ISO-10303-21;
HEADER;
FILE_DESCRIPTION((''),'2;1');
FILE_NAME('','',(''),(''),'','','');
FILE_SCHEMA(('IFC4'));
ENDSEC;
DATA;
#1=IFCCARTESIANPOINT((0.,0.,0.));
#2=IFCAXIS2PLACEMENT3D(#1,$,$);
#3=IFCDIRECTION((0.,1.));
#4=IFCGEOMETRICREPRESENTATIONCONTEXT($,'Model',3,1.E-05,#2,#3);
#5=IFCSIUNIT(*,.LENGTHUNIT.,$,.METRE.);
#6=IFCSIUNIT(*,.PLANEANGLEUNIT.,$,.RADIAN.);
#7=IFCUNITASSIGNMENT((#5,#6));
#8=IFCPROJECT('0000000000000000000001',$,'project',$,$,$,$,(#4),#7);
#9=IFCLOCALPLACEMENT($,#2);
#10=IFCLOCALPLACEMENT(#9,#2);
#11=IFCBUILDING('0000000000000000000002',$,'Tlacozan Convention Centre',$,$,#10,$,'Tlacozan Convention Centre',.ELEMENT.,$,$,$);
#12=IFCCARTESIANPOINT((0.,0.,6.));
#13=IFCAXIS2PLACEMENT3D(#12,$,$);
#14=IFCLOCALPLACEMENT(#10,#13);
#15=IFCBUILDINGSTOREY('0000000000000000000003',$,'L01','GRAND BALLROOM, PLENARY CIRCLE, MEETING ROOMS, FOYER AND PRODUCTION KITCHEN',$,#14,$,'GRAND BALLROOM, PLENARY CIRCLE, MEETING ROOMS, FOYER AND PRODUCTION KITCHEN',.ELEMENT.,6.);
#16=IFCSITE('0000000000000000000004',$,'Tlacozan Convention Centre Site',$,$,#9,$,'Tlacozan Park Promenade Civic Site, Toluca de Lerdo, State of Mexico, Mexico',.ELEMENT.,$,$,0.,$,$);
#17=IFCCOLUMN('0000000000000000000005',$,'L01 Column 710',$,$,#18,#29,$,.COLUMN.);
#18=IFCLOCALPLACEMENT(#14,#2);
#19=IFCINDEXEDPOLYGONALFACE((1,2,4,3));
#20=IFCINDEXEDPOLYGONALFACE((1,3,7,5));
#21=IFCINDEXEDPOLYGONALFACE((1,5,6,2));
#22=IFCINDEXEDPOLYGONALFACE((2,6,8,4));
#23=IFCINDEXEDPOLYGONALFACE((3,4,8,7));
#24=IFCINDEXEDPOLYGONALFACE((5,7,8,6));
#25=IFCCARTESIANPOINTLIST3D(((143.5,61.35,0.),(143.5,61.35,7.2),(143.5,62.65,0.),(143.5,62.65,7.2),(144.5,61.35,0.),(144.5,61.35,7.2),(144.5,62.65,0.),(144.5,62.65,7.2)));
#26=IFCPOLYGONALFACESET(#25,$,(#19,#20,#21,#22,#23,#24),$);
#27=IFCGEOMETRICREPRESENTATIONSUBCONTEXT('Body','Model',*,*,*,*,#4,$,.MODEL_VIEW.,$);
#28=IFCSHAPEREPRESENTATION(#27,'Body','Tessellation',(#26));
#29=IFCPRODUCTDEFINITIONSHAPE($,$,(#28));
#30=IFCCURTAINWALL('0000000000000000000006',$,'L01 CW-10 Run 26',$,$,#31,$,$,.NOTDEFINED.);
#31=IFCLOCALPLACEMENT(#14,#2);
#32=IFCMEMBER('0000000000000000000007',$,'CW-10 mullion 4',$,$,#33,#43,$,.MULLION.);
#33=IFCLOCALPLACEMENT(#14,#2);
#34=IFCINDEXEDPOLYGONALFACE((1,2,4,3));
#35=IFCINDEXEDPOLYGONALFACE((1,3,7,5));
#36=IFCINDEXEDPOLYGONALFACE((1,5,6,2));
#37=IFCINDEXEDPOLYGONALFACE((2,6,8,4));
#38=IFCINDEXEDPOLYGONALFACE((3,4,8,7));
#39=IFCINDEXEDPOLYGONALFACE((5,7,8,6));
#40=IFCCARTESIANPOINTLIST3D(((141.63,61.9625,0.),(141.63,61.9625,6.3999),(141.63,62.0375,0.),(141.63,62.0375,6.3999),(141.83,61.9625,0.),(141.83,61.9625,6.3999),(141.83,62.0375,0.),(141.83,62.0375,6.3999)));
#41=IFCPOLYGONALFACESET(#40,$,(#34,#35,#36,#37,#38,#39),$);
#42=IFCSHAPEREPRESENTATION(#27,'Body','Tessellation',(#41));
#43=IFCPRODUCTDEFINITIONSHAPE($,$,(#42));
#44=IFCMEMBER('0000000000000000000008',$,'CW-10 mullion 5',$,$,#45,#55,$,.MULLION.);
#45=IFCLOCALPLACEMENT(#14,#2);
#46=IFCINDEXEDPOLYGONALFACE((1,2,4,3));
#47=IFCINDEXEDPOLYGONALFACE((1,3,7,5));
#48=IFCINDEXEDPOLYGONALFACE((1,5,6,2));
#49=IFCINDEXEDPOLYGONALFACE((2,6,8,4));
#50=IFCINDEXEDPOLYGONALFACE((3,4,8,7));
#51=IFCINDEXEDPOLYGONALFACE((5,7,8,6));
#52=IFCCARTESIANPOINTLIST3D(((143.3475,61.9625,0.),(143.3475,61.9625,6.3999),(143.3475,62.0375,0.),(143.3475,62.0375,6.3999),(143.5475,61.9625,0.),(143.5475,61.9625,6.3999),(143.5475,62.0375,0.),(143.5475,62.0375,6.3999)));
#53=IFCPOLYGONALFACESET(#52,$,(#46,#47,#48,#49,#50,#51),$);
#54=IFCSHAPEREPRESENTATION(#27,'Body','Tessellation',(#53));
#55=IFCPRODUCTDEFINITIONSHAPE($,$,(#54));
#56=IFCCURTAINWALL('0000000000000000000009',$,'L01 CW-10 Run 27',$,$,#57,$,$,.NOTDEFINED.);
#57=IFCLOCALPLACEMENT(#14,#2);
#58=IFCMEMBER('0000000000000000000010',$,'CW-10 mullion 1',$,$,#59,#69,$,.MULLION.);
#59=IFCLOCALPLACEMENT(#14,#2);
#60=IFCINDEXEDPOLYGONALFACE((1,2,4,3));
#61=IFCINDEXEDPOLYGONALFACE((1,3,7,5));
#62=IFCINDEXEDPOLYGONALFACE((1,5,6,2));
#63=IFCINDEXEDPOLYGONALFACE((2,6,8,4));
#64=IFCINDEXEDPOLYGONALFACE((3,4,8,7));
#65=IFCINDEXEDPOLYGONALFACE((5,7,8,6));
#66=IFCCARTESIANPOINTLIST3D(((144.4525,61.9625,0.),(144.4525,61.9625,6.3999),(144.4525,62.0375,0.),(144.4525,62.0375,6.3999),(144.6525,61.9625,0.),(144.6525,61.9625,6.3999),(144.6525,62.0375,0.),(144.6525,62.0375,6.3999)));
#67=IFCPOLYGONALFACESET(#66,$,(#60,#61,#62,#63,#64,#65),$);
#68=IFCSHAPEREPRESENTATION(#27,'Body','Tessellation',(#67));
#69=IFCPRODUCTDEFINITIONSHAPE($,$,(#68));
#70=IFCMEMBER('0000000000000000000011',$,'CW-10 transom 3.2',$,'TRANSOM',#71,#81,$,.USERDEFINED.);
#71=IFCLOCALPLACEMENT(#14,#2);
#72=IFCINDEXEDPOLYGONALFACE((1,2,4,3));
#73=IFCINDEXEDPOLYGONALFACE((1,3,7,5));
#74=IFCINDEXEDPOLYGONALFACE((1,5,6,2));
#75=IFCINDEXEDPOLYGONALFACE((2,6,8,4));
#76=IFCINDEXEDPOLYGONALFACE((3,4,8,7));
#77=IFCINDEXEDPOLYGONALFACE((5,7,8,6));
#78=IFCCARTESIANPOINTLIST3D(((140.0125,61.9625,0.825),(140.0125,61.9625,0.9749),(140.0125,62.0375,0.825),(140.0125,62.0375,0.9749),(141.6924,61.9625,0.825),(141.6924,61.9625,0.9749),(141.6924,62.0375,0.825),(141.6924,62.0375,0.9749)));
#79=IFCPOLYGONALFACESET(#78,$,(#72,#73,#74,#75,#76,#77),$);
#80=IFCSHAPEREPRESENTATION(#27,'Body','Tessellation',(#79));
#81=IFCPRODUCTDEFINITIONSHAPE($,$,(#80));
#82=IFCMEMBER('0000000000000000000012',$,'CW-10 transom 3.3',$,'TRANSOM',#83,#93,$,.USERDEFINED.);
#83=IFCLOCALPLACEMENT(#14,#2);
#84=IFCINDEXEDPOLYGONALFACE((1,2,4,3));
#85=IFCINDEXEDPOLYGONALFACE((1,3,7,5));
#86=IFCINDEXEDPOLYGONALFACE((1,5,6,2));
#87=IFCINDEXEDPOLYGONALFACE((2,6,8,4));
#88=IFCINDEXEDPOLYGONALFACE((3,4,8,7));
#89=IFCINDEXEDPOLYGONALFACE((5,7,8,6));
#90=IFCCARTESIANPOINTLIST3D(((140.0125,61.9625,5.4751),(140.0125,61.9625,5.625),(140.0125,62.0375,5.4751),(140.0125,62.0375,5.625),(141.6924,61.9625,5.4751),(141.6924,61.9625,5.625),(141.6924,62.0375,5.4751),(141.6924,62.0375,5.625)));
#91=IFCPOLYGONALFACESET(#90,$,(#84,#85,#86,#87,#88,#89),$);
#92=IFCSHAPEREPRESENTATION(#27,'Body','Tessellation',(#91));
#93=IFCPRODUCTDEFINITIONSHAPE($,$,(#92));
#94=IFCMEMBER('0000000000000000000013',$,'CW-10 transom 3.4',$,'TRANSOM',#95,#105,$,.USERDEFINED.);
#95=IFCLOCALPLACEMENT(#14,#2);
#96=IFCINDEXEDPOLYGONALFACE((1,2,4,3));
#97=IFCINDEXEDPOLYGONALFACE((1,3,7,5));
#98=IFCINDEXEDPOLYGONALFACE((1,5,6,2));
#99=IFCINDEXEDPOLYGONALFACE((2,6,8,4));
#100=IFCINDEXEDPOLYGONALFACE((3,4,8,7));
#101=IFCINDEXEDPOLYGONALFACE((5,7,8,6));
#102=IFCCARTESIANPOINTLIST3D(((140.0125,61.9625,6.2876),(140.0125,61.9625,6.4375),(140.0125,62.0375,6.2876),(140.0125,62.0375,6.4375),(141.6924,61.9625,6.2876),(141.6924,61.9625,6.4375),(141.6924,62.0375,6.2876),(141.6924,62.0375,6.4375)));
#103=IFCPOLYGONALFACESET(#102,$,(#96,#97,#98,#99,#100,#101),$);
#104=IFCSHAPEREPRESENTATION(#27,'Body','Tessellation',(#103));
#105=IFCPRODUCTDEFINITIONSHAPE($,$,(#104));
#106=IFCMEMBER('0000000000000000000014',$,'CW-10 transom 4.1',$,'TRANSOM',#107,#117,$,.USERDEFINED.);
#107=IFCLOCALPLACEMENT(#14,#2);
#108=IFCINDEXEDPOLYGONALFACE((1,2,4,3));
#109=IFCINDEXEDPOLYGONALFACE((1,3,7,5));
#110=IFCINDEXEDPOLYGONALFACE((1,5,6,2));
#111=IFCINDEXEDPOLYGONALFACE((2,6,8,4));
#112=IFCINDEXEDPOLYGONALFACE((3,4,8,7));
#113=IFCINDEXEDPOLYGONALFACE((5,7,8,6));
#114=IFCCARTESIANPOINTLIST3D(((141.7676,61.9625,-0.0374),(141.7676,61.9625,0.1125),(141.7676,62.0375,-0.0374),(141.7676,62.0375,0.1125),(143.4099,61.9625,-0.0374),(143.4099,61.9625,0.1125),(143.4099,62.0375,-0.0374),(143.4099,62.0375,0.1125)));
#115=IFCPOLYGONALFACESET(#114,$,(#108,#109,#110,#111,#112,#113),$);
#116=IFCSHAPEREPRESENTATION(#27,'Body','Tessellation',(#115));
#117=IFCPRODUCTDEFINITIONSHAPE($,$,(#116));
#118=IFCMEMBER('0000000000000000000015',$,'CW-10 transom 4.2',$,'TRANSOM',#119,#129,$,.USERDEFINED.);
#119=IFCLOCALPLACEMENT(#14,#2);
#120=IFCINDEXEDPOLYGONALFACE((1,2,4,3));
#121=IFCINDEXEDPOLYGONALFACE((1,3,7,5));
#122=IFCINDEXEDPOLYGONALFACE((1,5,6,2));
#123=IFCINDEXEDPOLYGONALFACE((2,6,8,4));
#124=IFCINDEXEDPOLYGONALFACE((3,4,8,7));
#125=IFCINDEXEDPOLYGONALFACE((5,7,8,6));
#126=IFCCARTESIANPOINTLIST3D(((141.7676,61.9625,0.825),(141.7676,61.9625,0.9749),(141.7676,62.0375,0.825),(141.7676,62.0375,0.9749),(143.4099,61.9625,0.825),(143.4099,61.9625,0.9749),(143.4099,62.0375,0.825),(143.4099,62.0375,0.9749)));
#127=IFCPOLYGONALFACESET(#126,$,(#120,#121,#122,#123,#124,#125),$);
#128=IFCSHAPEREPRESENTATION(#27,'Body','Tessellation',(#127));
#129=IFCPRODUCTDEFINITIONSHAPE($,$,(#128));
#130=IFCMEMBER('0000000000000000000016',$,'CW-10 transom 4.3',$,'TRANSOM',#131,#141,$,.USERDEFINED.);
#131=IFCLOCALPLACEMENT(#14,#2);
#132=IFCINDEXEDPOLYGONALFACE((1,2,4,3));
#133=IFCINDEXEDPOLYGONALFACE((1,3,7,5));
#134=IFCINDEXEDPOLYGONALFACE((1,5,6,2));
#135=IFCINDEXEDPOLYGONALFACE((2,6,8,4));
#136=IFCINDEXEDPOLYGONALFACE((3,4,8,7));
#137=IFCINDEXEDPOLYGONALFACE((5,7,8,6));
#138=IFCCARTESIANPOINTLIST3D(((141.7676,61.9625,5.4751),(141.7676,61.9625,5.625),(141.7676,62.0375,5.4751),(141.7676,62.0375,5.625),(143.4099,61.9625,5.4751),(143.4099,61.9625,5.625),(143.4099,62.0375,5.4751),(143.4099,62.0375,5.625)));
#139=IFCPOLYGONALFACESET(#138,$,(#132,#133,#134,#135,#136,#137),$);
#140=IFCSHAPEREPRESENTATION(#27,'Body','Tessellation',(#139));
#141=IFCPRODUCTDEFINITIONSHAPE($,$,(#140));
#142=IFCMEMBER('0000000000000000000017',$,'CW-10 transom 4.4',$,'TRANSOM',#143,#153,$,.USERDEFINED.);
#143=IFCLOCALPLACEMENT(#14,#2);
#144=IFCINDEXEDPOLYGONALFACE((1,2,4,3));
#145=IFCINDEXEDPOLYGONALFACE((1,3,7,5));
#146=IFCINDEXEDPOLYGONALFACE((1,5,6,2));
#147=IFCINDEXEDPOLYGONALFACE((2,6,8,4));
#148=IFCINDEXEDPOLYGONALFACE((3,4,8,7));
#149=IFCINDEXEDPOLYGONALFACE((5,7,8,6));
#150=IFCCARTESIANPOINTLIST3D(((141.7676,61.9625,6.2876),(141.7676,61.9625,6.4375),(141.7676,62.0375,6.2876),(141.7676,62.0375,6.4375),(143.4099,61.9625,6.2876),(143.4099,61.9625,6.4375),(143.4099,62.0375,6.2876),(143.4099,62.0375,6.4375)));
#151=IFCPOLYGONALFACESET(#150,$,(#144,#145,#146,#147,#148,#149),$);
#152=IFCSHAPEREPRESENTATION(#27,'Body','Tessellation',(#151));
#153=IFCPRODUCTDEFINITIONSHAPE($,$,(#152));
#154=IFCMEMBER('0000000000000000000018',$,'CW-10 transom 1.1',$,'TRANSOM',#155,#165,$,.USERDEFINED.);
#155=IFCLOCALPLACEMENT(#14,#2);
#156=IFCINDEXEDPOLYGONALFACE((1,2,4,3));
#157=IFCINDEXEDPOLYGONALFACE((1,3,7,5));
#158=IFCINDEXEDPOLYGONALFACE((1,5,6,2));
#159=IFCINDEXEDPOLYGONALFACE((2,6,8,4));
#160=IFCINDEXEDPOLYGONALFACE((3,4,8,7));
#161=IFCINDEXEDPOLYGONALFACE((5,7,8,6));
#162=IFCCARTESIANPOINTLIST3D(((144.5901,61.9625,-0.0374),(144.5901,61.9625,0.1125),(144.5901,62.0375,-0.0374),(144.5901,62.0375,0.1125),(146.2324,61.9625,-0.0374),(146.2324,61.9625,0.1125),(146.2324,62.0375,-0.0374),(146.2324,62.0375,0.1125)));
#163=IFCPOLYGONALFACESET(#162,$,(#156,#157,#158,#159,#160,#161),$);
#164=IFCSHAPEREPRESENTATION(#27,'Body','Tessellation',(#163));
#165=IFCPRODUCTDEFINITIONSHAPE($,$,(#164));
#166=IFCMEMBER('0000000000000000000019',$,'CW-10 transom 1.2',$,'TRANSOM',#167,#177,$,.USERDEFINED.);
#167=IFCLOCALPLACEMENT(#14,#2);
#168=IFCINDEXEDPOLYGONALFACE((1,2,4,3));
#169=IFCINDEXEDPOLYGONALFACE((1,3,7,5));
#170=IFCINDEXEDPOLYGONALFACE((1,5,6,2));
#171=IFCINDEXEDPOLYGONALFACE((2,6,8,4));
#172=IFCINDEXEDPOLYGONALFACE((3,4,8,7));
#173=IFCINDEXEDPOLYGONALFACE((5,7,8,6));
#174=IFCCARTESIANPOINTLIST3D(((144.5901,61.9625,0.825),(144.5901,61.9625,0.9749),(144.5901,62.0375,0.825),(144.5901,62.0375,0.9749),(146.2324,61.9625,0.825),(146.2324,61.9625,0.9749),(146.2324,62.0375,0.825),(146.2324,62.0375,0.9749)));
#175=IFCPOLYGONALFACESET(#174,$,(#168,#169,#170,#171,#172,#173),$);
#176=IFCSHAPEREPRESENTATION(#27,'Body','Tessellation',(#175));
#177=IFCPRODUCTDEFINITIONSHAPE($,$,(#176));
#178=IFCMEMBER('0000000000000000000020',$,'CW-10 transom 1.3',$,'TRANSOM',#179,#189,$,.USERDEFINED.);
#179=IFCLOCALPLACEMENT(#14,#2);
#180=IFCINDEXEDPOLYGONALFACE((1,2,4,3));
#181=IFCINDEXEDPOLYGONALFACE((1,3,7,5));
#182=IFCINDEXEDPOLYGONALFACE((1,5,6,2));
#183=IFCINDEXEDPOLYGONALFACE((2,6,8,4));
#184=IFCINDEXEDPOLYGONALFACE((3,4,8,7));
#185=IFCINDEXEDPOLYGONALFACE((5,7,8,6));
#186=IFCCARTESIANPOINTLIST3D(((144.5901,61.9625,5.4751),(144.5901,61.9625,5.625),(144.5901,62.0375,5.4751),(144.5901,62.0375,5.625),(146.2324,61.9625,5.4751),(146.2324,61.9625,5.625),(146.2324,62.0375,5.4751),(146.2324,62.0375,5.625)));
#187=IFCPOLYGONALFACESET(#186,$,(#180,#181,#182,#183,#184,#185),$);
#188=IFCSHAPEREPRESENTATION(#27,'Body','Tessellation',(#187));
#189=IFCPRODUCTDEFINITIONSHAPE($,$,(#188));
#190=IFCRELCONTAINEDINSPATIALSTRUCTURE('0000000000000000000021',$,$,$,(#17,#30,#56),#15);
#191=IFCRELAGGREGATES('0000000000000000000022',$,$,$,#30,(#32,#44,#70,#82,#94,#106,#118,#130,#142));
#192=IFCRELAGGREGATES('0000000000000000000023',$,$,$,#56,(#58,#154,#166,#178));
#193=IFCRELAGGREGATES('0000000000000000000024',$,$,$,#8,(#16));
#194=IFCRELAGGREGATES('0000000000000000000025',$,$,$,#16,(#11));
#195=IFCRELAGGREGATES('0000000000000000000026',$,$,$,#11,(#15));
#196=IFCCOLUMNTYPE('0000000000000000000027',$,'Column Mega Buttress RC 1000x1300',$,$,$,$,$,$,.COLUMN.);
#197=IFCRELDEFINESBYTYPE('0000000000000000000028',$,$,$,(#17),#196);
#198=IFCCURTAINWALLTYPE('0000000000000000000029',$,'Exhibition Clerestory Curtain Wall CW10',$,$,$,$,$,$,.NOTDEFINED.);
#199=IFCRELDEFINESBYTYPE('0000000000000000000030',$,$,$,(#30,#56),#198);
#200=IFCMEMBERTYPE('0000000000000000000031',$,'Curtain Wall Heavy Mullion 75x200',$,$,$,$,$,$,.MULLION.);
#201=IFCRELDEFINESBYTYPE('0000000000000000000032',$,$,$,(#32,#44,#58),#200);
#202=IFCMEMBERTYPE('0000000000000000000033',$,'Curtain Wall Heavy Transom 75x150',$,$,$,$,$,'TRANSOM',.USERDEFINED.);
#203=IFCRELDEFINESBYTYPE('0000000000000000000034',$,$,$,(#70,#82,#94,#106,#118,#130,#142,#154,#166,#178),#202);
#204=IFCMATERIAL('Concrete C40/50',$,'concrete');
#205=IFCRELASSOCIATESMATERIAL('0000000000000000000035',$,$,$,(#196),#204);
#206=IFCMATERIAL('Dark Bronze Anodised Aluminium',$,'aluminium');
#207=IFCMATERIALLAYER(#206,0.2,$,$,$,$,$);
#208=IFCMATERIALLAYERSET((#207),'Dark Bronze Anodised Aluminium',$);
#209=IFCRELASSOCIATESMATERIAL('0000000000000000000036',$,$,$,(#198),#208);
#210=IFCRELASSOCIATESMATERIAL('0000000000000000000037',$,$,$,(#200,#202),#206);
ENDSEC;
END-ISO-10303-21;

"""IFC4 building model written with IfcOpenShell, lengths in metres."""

from ifc_helpers import new_model, si_unit, direction, frame, origin, origin_2d, place, context, subcontext, project, spatial, rectangle, extrude, material, layer, layer_set, material_profile, profile_set, type_object, element, aggregate, save


model = new_model("IFC4")

# Units and contexts
model_context = context("Model", 3, precision=1e-05, world=origin(), true_north=direction((0.0, 1.0)))
body_context = subcontext(model_context, "Body", "Model", "MODEL_VIEW")
ifc_project = project(units=[si_unit("LENGTHUNIT", "METRE"), si_unit("PLANEANGLEUNIT", "RADIAN")], contexts=[model_context])

# Site, building, storey
site_placement = place(None, origin())
site = spatial("IfcSite", under=ifc_project, at=site_placement, Name="Tlacozan Convention Centre Site", LongName="Tlacozan Park Promenade Civic Site, Toluca de Lerdo, State of Mexico, Mexico", CompositionType="ELEMENT", RefElevation=0.0)
building_placement = place(site_placement, origin())
building = spatial("IfcBuilding", under=site, at=building_placement, Name="Tlacozan Convention Centre", LongName="Tlacozan Convention Centre", CompositionType="ELEMENT")
storey_placement = place(building_placement, frame((0.0, 0.0, 6.0)))
storey = spatial("IfcBuildingStorey", under=building, at=storey_placement, Name="L01", Description="GRAND BALLROOM, PLENARY CIRCLE, MEETING ROOMS, FOYER AND PRODUCTION KITCHEN", LongName="GRAND BALLROOM, PLENARY CIRCLE, MEETING ROOMS, FOYER AND PRODUCTION KITCHEN", CompositionType="ELEMENT", Elevation=6.0)

# Column
ifc_material_1 = material(Name="Concrete C40/50", Category="concrete")
ifc_material_profile_1 = material_profile(ifc_material_1, rectangle(XDim=1.0, YDim=1.3, at=origin_2d()), Name="RC 1000x1300")
ifc_profile_set_1 = profile_set([ifc_material_profile_1], Name="Concrete C40/50")
column_type = type_object("IfcColumnType", Name="Column Mega Buttress RC 1000x1300", PredefinedType="COLUMN", material=ifc_profile_set_1)
column_placement = place(storey_placement, frame((144.0, 62.0, 0.0), z_axis=(0.0, 0.0, 1.0), x_axis=(1.0, 0.0, 0.0)))
element("IfcColumn", 1, at=column_placement, inside=storey, type_object=column_type, Name="L01 Column 710", PredefinedType="COLUMN", context=body_context, shape_type="SweptSolid", body=[
    extrude(rectangle(XDim=1.0, YDim=1.3, at=origin_2d()), origin(), (0.0, 0.0, 1.0), 7.2),
])

# Curtain wall, members
ifc_material_2 = material(Name="Dark Bronze Anodised Aluminium", Category="aluminium")
ifc_layer_1 = layer(ifc_material_2, 0.2)
ifc_layer_set_1 = layer_set([ifc_layer_1], Name="Dark Bronze Anodised Aluminium")
curtain_wall_type = type_object("IfcCurtainWallType", Name="Exhibition Clerestory Curtain Wall CW10", PredefinedType="NOTDEFINED", material=ifc_layer_set_1)
curtain_wall_1_placement = place(storey_placement, origin())
curtain_wall_1 = element("IfcCurtainWall", 2, at=curtain_wall_1_placement, inside=storey, type_object=curtain_wall_type, Name="L01 CW-10 Run 26", PredefinedType="NOTDEFINED")
ifc_material_profile_2 = material_profile(ifc_material_2, rectangle(XDim=0.075, YDim=0.2, at=origin_2d()), Name="ALU 75x200")
ifc_profile_set_2 = profile_set([ifc_material_profile_2], Name="Dark Bronze Anodised Aluminium")
member_type_1 = type_object("IfcMemberType", Name="Curtain Wall Heavy Mullion 75x200", PredefinedType="MULLION", material=ifc_profile_set_2)
member_1_placement = place(storey_placement, frame((141.73, 62.0, 0.0), z_axis=(0.0, 0.0, 1.0), x_axis=(0.0, 1.0, 0.0)))
member_1 = element("IfcMember", 3, at=member_1_placement, type_object=member_type_1, Name="CW-10 mullion 4", PredefinedType="MULLION", context=body_context, shape_type="SweptSolid", body=[
    extrude(rectangle(XDim=0.075, YDim=0.2, at=origin_2d()), origin(), (0.0, 0.0, 1.0), 6.3999),
])
member_2_placement = place(storey_placement, frame((143.4475, 62.0, 0.0), z_axis=(0.0, 0.0, 1.0), x_axis=(0.0, 1.0, 0.0)))
member_2 = element("IfcMember", 4, at=member_2_placement, type_object=member_type_1, Name="CW-10 mullion 5", PredefinedType="MULLION", context=body_context, shape_type="SweptSolid", body=[
    extrude(rectangle(XDim=0.075, YDim=0.2, at=origin_2d()), origin(), (0.0, 0.0, 1.0), 6.3999),
])

# Curtain wall, member
curtain_wall_2_placement = place(storey_placement, origin())
curtain_wall_2 = element("IfcCurtainWall", 5, at=curtain_wall_2_placement, inside=storey, type_object=curtain_wall_type, Name="L01 CW-10 Run 27", PredefinedType="NOTDEFINED")
member_3_placement = place(storey_placement, frame((144.5525, 62.0, 0.0), z_axis=(0.0, 0.0, 1.0), x_axis=(0.0, 1.0, 0.0)))
member_3 = element("IfcMember", 6, at=member_3_placement, type_object=member_type_1, Name="CW-10 mullion 1", PredefinedType="MULLION", context=body_context, shape_type="SweptSolid", body=[
    extrude(rectangle(XDim=0.075, YDim=0.2, at=origin_2d()), origin(), (0.0, 0.0, 1.0), 6.3999),
])

# Members
ifc_material_profile_3 = material_profile(ifc_material_2, rectangle(XDim=0.075, YDim=0.1499, at=origin_2d()), Name="ALU 75x150")
ifc_profile_set_3 = profile_set([ifc_material_profile_3], Name="Dark Bronze Anodised Aluminium")
member_type_2 = type_object("IfcMemberType", Name="Curtain Wall Heavy Transom 75x150", ElementType="TRANSOM", PredefinedType="USERDEFINED", material=ifc_profile_set_3)
member_4_placement = place(storey_placement, frame((140.0125, 62.0, 0.8999), z_axis=(1.0, 0.0, 0.0), x_axis=(0.0, 1.0, 0.0)))
member_4 = element("IfcMember", 7, at=member_4_placement, type_object=member_type_2, Name="CW-10 transom 3.2", ObjectType="TRANSOM", PredefinedType="USERDEFINED", context=body_context, shape_type="SweptSolid", body=[
    extrude(rectangle(XDim=0.075, YDim=0.1499, at=origin_2d()), origin(), (0.0, 0.0, 1.0), 1.6799),
])
member_5_placement = place(storey_placement, frame((140.0125, 62.0, 5.55), z_axis=(1.0, 0.0, 0.0), x_axis=(0.0, 1.0, 0.0)))
member_5 = element("IfcMember", 8, at=member_5_placement, type_object=member_type_2, Name="CW-10 transom 3.3", ObjectType="TRANSOM", PredefinedType="USERDEFINED", context=body_context, shape_type="SweptSolid", body=[
    extrude(rectangle(XDim=0.075, YDim=0.1499, at=origin_2d()), origin(), (0.0, 0.0, 1.0), 1.6799),
])
member_6_placement = place(storey_placement, frame((140.0125, 62.0, 6.3625), z_axis=(1.0, 0.0, 0.0), x_axis=(0.0, 1.0, 0.0)))
member_6 = element("IfcMember", 9, at=member_6_placement, type_object=member_type_2, Name="CW-10 transom 3.4", ObjectType="TRANSOM", PredefinedType="USERDEFINED", context=body_context, shape_type="SweptSolid", body=[
    extrude(rectangle(XDim=0.075, YDim=0.1499, at=origin_2d()), origin(), (0.0, 0.0, 1.0), 1.6799),
])
member_7_placement = place(storey_placement, frame((141.7676, 62.0, 0.0376), z_axis=(1.0, 0.0, 0.0), x_axis=(0.0, 1.0, 0.0)))
member_7 = element("IfcMember", 10, at=member_7_placement, type_object=member_type_2, Name="CW-10 transom 4.1", ObjectType="TRANSOM", PredefinedType="USERDEFINED", context=body_context, shape_type="SweptSolid", body=[
    extrude(rectangle(XDim=0.075, YDim=0.1499, at=origin_2d()), origin(), (0.0, 0.0, 1.0), 1.6423),
])
member_8_placement = place(storey_placement, frame((141.7676, 62.0, 0.8999), z_axis=(1.0, 0.0, 0.0), x_axis=(0.0, 1.0, 0.0)))
member_8 = element("IfcMember", 11, at=member_8_placement, type_object=member_type_2, Name="CW-10 transom 4.2", ObjectType="TRANSOM", PredefinedType="USERDEFINED", context=body_context, shape_type="SweptSolid", body=[
    extrude(rectangle(XDim=0.075, YDim=0.1499, at=origin_2d()), origin(), (0.0, 0.0, 1.0), 1.6423),
])
member_9_placement = place(storey_placement, frame((141.7676, 62.0, 5.55), z_axis=(1.0, 0.0, 0.0), x_axis=(0.0, 1.0, 0.0)))
member_9 = element("IfcMember", 12, at=member_9_placement, type_object=member_type_2, Name="CW-10 transom 4.3", ObjectType="TRANSOM", PredefinedType="USERDEFINED", context=body_context, shape_type="SweptSolid", body=[
    extrude(rectangle(XDim=0.075, YDim=0.1499, at=origin_2d()), origin(), (0.0, 0.0, 1.0), 1.6423),
])
member_10_placement = place(storey_placement, frame((141.7676, 62.0, 6.3625), z_axis=(1.0, 0.0, 0.0), x_axis=(0.0, 1.0, 0.0)))
member_10 = element("IfcMember", 13, at=member_10_placement, type_object=member_type_2, Name="CW-10 transom 4.4", ObjectType="TRANSOM", PredefinedType="USERDEFINED", context=body_context, shape_type="SweptSolid", body=[
    extrude(rectangle(XDim=0.075, YDim=0.1499, at=origin_2d()), origin(), (0.0, 0.0, 1.0), 1.6423),
])
member_11_placement = place(storey_placement, frame((144.5901, 62.0, 0.0376), z_axis=(1.0, 0.0, 0.0), x_axis=(0.0, 1.0, 0.0)))
member_11 = element("IfcMember", 14, at=member_11_placement, type_object=member_type_2, Name="CW-10 transom 1.1", ObjectType="TRANSOM", PredefinedType="USERDEFINED", context=body_context, shape_type="SweptSolid", body=[
    extrude(rectangle(XDim=0.075, YDim=0.1499, at=origin_2d()), origin(), (0.0, 0.0, 1.0), 1.6423),
])
member_12_placement = place(storey_placement, frame((144.5901, 62.0, 0.8999), z_axis=(1.0, 0.0, 0.0), x_axis=(0.0, 1.0, 0.0)))
member_12 = element("IfcMember", 15, at=member_12_placement, type_object=member_type_2, Name="CW-10 transom 1.2", ObjectType="TRANSOM", PredefinedType="USERDEFINED", context=body_context, shape_type="SweptSolid", body=[
    extrude(rectangle(XDim=0.075, YDim=0.1499, at=origin_2d()), origin(), (0.0, 0.0, 1.0), 1.6423),
])
member_13_placement = place(storey_placement, frame((144.5901, 62.0, 5.55), z_axis=(1.0, 0.0, 0.0), x_axis=(0.0, 1.0, 0.0)))
member_13 = element("IfcMember", 16, at=member_13_placement, type_object=member_type_2, Name="CW-10 transom 1.3", ObjectType="TRANSOM", PredefinedType="USERDEFINED", context=body_context, shape_type="SweptSolid", body=[
    extrude(rectangle(XDim=0.075, YDim=0.1499, at=origin_2d()), origin(), (0.0, 0.0, 1.0), 1.6423),
])

aggregate(curtain_wall_1, [member_1, member_2, member_4, member_5, member_6, member_7, member_8, member_9, member_10])
aggregate(curtain_wall_2, [member_3, member_11, member_12, member_13])

save(model, "model.ifc")
